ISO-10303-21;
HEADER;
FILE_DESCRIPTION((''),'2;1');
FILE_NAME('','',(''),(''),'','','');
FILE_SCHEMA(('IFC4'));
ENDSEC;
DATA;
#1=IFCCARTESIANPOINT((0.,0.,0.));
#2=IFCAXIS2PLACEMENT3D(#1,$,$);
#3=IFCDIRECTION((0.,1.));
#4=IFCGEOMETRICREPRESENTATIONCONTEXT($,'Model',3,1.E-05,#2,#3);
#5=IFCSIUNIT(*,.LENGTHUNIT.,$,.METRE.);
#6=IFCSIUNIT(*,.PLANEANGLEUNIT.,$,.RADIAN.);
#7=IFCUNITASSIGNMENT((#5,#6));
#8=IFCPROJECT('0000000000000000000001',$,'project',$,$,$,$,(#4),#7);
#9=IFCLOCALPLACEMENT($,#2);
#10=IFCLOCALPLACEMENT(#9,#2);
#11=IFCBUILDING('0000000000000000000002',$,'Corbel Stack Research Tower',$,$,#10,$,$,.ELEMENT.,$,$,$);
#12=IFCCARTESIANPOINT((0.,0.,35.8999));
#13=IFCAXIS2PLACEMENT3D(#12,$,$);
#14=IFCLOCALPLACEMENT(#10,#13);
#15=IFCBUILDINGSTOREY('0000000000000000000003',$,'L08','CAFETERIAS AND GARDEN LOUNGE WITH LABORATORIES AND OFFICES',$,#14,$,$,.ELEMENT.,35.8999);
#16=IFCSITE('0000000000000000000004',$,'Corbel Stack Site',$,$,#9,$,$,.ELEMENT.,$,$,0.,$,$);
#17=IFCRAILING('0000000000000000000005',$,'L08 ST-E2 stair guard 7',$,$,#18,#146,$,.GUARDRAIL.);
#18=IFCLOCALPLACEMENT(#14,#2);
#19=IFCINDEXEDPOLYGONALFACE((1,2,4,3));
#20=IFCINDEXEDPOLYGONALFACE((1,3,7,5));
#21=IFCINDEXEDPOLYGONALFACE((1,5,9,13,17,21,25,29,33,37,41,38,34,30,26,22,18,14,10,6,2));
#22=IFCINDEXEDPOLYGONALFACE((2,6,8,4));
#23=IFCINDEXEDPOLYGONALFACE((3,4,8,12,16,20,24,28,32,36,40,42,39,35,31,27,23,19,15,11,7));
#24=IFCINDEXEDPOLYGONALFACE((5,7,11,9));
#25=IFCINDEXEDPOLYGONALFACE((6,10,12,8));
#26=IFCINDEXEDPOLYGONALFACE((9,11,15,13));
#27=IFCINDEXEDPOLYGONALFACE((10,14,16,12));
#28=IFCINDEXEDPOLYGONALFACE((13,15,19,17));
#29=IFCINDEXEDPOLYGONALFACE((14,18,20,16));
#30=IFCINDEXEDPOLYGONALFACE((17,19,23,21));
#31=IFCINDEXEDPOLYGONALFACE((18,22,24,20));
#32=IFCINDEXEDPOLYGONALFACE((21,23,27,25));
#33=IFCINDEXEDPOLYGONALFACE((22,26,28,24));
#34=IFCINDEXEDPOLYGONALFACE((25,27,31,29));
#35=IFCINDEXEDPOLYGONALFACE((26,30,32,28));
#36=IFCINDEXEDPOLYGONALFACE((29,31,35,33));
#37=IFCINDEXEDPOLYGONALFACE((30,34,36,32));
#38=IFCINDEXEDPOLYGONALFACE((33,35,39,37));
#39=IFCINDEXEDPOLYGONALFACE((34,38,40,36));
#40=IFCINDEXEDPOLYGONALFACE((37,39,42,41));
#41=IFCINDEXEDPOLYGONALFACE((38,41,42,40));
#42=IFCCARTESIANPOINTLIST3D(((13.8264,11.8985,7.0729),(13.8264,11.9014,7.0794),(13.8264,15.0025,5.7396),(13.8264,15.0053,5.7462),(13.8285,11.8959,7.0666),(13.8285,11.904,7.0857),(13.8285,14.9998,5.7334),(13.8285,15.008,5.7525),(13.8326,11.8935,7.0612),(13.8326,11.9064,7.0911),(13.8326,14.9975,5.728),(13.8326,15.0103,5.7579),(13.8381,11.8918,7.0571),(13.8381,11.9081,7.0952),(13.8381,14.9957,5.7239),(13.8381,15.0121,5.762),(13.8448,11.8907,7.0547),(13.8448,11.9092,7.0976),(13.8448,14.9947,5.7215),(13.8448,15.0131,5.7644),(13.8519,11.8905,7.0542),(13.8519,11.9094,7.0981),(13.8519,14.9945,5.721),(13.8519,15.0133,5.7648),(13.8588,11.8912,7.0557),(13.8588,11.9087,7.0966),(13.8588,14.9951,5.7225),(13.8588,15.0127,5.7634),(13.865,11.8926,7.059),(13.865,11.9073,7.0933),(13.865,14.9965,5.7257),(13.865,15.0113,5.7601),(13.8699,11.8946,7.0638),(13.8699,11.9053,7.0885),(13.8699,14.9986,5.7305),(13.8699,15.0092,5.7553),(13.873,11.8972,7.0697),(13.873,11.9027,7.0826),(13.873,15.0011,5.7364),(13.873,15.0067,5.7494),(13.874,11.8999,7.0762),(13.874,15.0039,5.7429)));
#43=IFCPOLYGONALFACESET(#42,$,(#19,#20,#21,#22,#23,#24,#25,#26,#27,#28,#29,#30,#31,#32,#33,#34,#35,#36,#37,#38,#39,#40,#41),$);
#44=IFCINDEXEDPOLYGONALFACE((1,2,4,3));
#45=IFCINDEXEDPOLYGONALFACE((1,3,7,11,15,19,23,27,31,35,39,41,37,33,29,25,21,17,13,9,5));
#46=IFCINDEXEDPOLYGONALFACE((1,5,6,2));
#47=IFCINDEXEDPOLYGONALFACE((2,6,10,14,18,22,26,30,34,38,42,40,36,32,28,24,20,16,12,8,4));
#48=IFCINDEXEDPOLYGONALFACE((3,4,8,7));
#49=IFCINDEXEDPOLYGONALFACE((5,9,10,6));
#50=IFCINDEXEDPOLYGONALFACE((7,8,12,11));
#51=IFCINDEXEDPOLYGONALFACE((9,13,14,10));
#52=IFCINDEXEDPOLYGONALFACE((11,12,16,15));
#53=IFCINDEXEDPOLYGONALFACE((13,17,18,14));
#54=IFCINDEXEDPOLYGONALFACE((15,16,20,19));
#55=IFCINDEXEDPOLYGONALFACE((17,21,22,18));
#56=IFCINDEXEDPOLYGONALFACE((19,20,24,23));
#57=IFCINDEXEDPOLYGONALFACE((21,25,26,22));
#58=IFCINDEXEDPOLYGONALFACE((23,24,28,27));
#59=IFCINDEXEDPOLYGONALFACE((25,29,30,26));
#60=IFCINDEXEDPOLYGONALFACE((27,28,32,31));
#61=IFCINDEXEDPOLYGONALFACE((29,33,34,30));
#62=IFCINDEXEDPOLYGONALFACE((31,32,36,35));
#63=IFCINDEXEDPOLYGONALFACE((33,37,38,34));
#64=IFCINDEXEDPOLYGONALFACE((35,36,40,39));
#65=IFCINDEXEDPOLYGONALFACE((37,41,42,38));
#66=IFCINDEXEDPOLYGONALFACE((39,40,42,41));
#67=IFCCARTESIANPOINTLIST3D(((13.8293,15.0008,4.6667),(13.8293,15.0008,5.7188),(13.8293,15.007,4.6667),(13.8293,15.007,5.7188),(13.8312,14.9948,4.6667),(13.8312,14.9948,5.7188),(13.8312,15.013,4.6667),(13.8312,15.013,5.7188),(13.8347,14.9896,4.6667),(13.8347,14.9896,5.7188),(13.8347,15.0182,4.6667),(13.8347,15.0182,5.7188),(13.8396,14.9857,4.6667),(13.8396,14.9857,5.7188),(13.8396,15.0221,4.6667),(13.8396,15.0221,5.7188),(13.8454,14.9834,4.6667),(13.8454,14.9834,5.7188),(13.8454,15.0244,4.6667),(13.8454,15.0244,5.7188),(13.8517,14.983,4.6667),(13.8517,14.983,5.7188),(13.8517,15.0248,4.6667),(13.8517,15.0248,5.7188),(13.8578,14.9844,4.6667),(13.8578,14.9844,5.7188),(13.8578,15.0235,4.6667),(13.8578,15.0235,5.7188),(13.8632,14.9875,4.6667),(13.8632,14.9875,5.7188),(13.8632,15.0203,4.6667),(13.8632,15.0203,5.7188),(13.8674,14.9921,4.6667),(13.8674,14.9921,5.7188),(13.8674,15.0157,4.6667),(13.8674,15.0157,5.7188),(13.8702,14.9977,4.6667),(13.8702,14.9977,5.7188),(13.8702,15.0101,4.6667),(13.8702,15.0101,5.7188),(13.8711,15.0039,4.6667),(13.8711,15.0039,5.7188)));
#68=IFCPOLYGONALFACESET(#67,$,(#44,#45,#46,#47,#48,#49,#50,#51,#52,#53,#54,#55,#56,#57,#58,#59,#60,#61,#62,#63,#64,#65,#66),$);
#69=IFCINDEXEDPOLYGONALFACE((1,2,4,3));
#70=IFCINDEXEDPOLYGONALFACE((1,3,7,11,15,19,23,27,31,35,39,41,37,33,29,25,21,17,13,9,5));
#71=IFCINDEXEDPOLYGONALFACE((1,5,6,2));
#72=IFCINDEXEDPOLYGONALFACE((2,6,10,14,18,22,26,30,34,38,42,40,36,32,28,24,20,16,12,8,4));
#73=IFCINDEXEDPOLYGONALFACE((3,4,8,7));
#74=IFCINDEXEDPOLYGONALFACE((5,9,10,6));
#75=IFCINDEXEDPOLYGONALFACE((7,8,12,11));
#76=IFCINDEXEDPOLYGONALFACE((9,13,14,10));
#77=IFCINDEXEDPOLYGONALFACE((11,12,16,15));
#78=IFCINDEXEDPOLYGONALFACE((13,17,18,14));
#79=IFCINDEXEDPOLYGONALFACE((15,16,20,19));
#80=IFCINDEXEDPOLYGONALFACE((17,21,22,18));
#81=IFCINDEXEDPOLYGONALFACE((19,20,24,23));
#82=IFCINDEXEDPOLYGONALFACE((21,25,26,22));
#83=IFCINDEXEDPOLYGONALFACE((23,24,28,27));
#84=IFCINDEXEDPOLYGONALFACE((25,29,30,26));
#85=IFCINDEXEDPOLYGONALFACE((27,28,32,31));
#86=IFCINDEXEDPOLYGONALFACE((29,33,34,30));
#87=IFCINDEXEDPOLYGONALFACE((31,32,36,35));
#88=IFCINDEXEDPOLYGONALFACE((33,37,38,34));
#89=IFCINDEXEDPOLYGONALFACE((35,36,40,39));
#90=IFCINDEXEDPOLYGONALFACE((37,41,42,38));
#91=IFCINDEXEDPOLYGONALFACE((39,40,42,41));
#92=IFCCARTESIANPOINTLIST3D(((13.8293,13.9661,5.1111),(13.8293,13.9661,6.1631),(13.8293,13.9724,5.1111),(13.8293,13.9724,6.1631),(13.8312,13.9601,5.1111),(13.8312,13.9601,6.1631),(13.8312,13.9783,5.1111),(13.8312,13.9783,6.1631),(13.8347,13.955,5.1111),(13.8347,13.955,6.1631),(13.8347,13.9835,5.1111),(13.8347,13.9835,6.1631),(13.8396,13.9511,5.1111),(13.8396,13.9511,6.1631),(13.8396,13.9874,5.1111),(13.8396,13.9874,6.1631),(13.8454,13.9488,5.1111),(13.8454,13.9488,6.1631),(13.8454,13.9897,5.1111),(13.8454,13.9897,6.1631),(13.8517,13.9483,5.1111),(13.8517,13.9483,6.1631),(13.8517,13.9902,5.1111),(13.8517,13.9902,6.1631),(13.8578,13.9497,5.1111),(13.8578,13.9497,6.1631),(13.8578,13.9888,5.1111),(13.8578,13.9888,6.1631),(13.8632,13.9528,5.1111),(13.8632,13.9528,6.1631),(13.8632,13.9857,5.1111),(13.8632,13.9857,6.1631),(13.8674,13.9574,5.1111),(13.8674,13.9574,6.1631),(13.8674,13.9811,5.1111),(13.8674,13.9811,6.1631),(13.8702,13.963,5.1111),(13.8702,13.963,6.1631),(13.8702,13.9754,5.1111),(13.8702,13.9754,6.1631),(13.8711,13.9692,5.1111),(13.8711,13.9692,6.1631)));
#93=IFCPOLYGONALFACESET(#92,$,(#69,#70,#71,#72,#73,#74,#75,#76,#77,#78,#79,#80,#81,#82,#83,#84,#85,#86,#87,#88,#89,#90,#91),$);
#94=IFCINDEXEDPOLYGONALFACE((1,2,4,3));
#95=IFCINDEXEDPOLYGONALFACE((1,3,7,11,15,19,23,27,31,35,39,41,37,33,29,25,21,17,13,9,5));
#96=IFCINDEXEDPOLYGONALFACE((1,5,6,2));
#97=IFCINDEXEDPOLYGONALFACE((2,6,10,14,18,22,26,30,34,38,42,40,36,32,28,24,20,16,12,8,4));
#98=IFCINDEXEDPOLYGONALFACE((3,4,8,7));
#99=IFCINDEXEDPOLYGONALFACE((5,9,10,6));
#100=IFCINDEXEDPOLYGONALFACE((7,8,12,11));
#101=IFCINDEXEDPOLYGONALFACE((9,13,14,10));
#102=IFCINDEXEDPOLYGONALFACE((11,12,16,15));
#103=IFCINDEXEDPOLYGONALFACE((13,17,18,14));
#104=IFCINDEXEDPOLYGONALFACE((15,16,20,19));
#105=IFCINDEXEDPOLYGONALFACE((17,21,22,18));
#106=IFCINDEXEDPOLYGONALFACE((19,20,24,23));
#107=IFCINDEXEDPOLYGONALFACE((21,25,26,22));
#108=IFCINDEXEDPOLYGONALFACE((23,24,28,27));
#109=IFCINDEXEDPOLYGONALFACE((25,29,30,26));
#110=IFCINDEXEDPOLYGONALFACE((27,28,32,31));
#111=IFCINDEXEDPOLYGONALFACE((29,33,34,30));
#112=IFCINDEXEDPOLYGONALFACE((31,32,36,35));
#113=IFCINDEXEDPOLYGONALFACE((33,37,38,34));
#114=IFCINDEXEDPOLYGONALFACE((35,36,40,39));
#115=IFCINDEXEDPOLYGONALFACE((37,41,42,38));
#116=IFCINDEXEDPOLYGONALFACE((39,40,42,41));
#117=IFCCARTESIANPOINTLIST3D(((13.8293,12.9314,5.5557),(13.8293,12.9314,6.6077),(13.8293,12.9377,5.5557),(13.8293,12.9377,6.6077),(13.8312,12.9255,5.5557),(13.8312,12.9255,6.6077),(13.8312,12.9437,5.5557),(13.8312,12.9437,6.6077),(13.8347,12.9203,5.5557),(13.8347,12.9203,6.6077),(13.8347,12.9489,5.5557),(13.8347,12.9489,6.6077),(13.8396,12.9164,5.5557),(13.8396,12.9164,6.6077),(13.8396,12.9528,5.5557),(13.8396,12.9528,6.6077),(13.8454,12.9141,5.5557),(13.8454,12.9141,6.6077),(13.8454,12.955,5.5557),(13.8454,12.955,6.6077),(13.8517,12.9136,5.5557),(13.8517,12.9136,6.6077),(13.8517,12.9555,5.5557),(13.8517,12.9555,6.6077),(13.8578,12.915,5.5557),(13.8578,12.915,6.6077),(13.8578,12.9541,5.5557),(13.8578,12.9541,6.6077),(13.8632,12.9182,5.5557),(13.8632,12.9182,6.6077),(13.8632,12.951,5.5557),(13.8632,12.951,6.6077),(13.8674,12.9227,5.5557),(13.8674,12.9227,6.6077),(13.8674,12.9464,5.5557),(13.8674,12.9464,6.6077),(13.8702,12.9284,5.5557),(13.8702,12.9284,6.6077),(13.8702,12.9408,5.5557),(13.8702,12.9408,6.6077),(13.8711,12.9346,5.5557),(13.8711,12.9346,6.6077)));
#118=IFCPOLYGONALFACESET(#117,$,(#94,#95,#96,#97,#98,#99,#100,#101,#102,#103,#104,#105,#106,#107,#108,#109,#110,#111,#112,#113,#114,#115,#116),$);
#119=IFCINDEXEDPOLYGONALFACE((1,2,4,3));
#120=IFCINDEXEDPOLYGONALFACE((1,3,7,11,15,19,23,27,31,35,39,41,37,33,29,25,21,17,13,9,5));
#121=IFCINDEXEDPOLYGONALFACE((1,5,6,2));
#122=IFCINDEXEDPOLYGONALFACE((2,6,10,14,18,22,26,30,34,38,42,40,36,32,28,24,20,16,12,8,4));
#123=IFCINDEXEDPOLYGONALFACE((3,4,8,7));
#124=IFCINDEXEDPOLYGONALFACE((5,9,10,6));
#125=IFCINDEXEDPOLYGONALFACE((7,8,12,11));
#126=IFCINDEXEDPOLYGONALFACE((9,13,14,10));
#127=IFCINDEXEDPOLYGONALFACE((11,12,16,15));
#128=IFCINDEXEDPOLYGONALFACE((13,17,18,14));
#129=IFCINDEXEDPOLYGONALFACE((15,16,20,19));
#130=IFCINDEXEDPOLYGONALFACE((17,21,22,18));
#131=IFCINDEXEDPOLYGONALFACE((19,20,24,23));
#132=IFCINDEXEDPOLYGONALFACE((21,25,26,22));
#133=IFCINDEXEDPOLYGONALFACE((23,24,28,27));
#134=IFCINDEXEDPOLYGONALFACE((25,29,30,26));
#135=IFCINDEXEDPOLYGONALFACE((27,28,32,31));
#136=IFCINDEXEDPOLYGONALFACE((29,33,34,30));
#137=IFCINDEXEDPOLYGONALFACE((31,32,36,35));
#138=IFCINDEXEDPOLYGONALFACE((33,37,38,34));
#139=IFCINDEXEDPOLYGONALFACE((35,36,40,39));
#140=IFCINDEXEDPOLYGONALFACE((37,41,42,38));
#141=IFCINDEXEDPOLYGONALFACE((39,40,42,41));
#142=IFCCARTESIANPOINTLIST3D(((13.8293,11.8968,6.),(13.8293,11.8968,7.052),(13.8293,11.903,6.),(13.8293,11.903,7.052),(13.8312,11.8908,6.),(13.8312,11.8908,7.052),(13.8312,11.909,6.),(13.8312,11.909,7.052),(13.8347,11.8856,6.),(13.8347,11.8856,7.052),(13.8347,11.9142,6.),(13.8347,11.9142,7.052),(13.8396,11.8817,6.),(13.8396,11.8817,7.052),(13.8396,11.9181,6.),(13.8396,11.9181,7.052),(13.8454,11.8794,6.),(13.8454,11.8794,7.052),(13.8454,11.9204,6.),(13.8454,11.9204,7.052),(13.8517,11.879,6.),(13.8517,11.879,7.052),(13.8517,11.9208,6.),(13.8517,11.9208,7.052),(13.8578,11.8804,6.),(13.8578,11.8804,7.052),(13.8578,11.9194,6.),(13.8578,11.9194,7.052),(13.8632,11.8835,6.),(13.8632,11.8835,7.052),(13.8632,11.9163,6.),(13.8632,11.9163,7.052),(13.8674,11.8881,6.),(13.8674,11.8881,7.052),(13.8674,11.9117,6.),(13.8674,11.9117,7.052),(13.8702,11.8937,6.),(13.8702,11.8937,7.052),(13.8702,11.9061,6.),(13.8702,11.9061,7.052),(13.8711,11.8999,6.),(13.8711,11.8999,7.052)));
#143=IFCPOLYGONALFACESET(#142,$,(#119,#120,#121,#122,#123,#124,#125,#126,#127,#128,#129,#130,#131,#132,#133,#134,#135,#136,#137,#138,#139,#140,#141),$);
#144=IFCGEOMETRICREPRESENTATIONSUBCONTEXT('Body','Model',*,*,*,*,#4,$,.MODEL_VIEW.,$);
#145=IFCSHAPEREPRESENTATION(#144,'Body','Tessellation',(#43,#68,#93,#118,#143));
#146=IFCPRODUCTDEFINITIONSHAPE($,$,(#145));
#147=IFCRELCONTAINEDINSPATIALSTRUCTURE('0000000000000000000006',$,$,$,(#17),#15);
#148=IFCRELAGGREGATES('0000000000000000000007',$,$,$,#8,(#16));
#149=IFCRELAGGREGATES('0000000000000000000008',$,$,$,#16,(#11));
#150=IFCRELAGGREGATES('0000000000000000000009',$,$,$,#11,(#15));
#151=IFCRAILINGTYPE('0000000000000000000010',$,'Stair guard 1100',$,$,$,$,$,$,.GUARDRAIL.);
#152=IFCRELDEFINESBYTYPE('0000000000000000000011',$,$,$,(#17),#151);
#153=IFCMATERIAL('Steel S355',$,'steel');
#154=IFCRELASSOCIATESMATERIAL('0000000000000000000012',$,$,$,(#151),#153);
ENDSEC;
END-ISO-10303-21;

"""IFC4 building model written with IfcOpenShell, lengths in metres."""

from ifc_helpers import new_model, si_unit, direction, frame, origin, origin_2d, place, context, subcontext, project, spatial, circle, extrude, material, type_object, element, save


model = new_model("IFC4")

# Units and contexts
model_context = context("Model", 3, precision=1e-05, world=origin(), true_north=direction((0.0, 1.0)))
body_context = subcontext(model_context, "Body", "Model", "MODEL_VIEW")
ifc_project = project(units=[si_unit("LENGTHUNIT", "METRE"), si_unit("PLANEANGLEUNIT", "RADIAN")], contexts=[model_context])

# Site, building, storey
site_placement = place(None, origin())
site = spatial("IfcSite", under=ifc_project, at=site_placement, Name="Corbel Stack Site", CompositionType="ELEMENT", RefElevation=0.0)
building_placement = place(site_placement, origin())
building = spatial("IfcBuilding", under=site, at=building_placement, Name="Corbel Stack Research Tower", CompositionType="ELEMENT")
storey_placement = place(building_placement, frame((0.0, 0.0, 35.8999)))
storey = spatial("IfcBuildingStorey", under=building, at=storey_placement, Name="L08", Description="CAFETERIAS AND GARDEN LOUNGE WITH LABORATORIES AND OFFICES", CompositionType="ELEMENT", Elevation=35.8999)

# Railing
ifc_material_1 = material(Name="Steel S355", Category="steel")
railing_type_1 = type_object("IfcRailingType", Name="Stair guard 1100", PredefinedType="GUARDRAIL", material=ifc_material_1)
railing_1_placement = place(storey_placement, frame((13.8501, 15.0039, 4.6667)))
element("IfcRailing", 1, at=railing_1_placement, inside=storey, type_object=railing_type_1, Name="L08 ST-E2 stair guard 7", PredefinedType="GUARDRAIL", context=body_context, shape_type="SweptSolid", body=[
    extrude(circle(Radius=0.0239, at=origin_2d()), frame((0.0, 0.0, 1.0762), z_axis=(0.0, -0.918827, 0.394661), x_axis=(1.0, 0.0, 0.0)), (0.0, 0.0, 1.0), 3.3782),
    extrude(circle(Radius=0.021, at=origin_2d()), origin(), (0.0, 0.0, 1.0), 1.052),
    extrude(circle(Radius=0.021, at=origin_2d()), frame((0.0, -1.0347, 0.4443)), (0.0, 0.0, 1.0), 1.052),
    extrude(circle(Radius=0.021, at=origin_2d()), frame((0.0, -2.0693, 0.8889)), (0.0, 0.0, 1.0), 1.052),
    extrude(circle(Radius=0.021, at=origin_2d()), frame((0.0, -3.104, 1.3333)), (0.0, 0.0, 1.0), 1.052),
])

save(model, "model.ifc")
